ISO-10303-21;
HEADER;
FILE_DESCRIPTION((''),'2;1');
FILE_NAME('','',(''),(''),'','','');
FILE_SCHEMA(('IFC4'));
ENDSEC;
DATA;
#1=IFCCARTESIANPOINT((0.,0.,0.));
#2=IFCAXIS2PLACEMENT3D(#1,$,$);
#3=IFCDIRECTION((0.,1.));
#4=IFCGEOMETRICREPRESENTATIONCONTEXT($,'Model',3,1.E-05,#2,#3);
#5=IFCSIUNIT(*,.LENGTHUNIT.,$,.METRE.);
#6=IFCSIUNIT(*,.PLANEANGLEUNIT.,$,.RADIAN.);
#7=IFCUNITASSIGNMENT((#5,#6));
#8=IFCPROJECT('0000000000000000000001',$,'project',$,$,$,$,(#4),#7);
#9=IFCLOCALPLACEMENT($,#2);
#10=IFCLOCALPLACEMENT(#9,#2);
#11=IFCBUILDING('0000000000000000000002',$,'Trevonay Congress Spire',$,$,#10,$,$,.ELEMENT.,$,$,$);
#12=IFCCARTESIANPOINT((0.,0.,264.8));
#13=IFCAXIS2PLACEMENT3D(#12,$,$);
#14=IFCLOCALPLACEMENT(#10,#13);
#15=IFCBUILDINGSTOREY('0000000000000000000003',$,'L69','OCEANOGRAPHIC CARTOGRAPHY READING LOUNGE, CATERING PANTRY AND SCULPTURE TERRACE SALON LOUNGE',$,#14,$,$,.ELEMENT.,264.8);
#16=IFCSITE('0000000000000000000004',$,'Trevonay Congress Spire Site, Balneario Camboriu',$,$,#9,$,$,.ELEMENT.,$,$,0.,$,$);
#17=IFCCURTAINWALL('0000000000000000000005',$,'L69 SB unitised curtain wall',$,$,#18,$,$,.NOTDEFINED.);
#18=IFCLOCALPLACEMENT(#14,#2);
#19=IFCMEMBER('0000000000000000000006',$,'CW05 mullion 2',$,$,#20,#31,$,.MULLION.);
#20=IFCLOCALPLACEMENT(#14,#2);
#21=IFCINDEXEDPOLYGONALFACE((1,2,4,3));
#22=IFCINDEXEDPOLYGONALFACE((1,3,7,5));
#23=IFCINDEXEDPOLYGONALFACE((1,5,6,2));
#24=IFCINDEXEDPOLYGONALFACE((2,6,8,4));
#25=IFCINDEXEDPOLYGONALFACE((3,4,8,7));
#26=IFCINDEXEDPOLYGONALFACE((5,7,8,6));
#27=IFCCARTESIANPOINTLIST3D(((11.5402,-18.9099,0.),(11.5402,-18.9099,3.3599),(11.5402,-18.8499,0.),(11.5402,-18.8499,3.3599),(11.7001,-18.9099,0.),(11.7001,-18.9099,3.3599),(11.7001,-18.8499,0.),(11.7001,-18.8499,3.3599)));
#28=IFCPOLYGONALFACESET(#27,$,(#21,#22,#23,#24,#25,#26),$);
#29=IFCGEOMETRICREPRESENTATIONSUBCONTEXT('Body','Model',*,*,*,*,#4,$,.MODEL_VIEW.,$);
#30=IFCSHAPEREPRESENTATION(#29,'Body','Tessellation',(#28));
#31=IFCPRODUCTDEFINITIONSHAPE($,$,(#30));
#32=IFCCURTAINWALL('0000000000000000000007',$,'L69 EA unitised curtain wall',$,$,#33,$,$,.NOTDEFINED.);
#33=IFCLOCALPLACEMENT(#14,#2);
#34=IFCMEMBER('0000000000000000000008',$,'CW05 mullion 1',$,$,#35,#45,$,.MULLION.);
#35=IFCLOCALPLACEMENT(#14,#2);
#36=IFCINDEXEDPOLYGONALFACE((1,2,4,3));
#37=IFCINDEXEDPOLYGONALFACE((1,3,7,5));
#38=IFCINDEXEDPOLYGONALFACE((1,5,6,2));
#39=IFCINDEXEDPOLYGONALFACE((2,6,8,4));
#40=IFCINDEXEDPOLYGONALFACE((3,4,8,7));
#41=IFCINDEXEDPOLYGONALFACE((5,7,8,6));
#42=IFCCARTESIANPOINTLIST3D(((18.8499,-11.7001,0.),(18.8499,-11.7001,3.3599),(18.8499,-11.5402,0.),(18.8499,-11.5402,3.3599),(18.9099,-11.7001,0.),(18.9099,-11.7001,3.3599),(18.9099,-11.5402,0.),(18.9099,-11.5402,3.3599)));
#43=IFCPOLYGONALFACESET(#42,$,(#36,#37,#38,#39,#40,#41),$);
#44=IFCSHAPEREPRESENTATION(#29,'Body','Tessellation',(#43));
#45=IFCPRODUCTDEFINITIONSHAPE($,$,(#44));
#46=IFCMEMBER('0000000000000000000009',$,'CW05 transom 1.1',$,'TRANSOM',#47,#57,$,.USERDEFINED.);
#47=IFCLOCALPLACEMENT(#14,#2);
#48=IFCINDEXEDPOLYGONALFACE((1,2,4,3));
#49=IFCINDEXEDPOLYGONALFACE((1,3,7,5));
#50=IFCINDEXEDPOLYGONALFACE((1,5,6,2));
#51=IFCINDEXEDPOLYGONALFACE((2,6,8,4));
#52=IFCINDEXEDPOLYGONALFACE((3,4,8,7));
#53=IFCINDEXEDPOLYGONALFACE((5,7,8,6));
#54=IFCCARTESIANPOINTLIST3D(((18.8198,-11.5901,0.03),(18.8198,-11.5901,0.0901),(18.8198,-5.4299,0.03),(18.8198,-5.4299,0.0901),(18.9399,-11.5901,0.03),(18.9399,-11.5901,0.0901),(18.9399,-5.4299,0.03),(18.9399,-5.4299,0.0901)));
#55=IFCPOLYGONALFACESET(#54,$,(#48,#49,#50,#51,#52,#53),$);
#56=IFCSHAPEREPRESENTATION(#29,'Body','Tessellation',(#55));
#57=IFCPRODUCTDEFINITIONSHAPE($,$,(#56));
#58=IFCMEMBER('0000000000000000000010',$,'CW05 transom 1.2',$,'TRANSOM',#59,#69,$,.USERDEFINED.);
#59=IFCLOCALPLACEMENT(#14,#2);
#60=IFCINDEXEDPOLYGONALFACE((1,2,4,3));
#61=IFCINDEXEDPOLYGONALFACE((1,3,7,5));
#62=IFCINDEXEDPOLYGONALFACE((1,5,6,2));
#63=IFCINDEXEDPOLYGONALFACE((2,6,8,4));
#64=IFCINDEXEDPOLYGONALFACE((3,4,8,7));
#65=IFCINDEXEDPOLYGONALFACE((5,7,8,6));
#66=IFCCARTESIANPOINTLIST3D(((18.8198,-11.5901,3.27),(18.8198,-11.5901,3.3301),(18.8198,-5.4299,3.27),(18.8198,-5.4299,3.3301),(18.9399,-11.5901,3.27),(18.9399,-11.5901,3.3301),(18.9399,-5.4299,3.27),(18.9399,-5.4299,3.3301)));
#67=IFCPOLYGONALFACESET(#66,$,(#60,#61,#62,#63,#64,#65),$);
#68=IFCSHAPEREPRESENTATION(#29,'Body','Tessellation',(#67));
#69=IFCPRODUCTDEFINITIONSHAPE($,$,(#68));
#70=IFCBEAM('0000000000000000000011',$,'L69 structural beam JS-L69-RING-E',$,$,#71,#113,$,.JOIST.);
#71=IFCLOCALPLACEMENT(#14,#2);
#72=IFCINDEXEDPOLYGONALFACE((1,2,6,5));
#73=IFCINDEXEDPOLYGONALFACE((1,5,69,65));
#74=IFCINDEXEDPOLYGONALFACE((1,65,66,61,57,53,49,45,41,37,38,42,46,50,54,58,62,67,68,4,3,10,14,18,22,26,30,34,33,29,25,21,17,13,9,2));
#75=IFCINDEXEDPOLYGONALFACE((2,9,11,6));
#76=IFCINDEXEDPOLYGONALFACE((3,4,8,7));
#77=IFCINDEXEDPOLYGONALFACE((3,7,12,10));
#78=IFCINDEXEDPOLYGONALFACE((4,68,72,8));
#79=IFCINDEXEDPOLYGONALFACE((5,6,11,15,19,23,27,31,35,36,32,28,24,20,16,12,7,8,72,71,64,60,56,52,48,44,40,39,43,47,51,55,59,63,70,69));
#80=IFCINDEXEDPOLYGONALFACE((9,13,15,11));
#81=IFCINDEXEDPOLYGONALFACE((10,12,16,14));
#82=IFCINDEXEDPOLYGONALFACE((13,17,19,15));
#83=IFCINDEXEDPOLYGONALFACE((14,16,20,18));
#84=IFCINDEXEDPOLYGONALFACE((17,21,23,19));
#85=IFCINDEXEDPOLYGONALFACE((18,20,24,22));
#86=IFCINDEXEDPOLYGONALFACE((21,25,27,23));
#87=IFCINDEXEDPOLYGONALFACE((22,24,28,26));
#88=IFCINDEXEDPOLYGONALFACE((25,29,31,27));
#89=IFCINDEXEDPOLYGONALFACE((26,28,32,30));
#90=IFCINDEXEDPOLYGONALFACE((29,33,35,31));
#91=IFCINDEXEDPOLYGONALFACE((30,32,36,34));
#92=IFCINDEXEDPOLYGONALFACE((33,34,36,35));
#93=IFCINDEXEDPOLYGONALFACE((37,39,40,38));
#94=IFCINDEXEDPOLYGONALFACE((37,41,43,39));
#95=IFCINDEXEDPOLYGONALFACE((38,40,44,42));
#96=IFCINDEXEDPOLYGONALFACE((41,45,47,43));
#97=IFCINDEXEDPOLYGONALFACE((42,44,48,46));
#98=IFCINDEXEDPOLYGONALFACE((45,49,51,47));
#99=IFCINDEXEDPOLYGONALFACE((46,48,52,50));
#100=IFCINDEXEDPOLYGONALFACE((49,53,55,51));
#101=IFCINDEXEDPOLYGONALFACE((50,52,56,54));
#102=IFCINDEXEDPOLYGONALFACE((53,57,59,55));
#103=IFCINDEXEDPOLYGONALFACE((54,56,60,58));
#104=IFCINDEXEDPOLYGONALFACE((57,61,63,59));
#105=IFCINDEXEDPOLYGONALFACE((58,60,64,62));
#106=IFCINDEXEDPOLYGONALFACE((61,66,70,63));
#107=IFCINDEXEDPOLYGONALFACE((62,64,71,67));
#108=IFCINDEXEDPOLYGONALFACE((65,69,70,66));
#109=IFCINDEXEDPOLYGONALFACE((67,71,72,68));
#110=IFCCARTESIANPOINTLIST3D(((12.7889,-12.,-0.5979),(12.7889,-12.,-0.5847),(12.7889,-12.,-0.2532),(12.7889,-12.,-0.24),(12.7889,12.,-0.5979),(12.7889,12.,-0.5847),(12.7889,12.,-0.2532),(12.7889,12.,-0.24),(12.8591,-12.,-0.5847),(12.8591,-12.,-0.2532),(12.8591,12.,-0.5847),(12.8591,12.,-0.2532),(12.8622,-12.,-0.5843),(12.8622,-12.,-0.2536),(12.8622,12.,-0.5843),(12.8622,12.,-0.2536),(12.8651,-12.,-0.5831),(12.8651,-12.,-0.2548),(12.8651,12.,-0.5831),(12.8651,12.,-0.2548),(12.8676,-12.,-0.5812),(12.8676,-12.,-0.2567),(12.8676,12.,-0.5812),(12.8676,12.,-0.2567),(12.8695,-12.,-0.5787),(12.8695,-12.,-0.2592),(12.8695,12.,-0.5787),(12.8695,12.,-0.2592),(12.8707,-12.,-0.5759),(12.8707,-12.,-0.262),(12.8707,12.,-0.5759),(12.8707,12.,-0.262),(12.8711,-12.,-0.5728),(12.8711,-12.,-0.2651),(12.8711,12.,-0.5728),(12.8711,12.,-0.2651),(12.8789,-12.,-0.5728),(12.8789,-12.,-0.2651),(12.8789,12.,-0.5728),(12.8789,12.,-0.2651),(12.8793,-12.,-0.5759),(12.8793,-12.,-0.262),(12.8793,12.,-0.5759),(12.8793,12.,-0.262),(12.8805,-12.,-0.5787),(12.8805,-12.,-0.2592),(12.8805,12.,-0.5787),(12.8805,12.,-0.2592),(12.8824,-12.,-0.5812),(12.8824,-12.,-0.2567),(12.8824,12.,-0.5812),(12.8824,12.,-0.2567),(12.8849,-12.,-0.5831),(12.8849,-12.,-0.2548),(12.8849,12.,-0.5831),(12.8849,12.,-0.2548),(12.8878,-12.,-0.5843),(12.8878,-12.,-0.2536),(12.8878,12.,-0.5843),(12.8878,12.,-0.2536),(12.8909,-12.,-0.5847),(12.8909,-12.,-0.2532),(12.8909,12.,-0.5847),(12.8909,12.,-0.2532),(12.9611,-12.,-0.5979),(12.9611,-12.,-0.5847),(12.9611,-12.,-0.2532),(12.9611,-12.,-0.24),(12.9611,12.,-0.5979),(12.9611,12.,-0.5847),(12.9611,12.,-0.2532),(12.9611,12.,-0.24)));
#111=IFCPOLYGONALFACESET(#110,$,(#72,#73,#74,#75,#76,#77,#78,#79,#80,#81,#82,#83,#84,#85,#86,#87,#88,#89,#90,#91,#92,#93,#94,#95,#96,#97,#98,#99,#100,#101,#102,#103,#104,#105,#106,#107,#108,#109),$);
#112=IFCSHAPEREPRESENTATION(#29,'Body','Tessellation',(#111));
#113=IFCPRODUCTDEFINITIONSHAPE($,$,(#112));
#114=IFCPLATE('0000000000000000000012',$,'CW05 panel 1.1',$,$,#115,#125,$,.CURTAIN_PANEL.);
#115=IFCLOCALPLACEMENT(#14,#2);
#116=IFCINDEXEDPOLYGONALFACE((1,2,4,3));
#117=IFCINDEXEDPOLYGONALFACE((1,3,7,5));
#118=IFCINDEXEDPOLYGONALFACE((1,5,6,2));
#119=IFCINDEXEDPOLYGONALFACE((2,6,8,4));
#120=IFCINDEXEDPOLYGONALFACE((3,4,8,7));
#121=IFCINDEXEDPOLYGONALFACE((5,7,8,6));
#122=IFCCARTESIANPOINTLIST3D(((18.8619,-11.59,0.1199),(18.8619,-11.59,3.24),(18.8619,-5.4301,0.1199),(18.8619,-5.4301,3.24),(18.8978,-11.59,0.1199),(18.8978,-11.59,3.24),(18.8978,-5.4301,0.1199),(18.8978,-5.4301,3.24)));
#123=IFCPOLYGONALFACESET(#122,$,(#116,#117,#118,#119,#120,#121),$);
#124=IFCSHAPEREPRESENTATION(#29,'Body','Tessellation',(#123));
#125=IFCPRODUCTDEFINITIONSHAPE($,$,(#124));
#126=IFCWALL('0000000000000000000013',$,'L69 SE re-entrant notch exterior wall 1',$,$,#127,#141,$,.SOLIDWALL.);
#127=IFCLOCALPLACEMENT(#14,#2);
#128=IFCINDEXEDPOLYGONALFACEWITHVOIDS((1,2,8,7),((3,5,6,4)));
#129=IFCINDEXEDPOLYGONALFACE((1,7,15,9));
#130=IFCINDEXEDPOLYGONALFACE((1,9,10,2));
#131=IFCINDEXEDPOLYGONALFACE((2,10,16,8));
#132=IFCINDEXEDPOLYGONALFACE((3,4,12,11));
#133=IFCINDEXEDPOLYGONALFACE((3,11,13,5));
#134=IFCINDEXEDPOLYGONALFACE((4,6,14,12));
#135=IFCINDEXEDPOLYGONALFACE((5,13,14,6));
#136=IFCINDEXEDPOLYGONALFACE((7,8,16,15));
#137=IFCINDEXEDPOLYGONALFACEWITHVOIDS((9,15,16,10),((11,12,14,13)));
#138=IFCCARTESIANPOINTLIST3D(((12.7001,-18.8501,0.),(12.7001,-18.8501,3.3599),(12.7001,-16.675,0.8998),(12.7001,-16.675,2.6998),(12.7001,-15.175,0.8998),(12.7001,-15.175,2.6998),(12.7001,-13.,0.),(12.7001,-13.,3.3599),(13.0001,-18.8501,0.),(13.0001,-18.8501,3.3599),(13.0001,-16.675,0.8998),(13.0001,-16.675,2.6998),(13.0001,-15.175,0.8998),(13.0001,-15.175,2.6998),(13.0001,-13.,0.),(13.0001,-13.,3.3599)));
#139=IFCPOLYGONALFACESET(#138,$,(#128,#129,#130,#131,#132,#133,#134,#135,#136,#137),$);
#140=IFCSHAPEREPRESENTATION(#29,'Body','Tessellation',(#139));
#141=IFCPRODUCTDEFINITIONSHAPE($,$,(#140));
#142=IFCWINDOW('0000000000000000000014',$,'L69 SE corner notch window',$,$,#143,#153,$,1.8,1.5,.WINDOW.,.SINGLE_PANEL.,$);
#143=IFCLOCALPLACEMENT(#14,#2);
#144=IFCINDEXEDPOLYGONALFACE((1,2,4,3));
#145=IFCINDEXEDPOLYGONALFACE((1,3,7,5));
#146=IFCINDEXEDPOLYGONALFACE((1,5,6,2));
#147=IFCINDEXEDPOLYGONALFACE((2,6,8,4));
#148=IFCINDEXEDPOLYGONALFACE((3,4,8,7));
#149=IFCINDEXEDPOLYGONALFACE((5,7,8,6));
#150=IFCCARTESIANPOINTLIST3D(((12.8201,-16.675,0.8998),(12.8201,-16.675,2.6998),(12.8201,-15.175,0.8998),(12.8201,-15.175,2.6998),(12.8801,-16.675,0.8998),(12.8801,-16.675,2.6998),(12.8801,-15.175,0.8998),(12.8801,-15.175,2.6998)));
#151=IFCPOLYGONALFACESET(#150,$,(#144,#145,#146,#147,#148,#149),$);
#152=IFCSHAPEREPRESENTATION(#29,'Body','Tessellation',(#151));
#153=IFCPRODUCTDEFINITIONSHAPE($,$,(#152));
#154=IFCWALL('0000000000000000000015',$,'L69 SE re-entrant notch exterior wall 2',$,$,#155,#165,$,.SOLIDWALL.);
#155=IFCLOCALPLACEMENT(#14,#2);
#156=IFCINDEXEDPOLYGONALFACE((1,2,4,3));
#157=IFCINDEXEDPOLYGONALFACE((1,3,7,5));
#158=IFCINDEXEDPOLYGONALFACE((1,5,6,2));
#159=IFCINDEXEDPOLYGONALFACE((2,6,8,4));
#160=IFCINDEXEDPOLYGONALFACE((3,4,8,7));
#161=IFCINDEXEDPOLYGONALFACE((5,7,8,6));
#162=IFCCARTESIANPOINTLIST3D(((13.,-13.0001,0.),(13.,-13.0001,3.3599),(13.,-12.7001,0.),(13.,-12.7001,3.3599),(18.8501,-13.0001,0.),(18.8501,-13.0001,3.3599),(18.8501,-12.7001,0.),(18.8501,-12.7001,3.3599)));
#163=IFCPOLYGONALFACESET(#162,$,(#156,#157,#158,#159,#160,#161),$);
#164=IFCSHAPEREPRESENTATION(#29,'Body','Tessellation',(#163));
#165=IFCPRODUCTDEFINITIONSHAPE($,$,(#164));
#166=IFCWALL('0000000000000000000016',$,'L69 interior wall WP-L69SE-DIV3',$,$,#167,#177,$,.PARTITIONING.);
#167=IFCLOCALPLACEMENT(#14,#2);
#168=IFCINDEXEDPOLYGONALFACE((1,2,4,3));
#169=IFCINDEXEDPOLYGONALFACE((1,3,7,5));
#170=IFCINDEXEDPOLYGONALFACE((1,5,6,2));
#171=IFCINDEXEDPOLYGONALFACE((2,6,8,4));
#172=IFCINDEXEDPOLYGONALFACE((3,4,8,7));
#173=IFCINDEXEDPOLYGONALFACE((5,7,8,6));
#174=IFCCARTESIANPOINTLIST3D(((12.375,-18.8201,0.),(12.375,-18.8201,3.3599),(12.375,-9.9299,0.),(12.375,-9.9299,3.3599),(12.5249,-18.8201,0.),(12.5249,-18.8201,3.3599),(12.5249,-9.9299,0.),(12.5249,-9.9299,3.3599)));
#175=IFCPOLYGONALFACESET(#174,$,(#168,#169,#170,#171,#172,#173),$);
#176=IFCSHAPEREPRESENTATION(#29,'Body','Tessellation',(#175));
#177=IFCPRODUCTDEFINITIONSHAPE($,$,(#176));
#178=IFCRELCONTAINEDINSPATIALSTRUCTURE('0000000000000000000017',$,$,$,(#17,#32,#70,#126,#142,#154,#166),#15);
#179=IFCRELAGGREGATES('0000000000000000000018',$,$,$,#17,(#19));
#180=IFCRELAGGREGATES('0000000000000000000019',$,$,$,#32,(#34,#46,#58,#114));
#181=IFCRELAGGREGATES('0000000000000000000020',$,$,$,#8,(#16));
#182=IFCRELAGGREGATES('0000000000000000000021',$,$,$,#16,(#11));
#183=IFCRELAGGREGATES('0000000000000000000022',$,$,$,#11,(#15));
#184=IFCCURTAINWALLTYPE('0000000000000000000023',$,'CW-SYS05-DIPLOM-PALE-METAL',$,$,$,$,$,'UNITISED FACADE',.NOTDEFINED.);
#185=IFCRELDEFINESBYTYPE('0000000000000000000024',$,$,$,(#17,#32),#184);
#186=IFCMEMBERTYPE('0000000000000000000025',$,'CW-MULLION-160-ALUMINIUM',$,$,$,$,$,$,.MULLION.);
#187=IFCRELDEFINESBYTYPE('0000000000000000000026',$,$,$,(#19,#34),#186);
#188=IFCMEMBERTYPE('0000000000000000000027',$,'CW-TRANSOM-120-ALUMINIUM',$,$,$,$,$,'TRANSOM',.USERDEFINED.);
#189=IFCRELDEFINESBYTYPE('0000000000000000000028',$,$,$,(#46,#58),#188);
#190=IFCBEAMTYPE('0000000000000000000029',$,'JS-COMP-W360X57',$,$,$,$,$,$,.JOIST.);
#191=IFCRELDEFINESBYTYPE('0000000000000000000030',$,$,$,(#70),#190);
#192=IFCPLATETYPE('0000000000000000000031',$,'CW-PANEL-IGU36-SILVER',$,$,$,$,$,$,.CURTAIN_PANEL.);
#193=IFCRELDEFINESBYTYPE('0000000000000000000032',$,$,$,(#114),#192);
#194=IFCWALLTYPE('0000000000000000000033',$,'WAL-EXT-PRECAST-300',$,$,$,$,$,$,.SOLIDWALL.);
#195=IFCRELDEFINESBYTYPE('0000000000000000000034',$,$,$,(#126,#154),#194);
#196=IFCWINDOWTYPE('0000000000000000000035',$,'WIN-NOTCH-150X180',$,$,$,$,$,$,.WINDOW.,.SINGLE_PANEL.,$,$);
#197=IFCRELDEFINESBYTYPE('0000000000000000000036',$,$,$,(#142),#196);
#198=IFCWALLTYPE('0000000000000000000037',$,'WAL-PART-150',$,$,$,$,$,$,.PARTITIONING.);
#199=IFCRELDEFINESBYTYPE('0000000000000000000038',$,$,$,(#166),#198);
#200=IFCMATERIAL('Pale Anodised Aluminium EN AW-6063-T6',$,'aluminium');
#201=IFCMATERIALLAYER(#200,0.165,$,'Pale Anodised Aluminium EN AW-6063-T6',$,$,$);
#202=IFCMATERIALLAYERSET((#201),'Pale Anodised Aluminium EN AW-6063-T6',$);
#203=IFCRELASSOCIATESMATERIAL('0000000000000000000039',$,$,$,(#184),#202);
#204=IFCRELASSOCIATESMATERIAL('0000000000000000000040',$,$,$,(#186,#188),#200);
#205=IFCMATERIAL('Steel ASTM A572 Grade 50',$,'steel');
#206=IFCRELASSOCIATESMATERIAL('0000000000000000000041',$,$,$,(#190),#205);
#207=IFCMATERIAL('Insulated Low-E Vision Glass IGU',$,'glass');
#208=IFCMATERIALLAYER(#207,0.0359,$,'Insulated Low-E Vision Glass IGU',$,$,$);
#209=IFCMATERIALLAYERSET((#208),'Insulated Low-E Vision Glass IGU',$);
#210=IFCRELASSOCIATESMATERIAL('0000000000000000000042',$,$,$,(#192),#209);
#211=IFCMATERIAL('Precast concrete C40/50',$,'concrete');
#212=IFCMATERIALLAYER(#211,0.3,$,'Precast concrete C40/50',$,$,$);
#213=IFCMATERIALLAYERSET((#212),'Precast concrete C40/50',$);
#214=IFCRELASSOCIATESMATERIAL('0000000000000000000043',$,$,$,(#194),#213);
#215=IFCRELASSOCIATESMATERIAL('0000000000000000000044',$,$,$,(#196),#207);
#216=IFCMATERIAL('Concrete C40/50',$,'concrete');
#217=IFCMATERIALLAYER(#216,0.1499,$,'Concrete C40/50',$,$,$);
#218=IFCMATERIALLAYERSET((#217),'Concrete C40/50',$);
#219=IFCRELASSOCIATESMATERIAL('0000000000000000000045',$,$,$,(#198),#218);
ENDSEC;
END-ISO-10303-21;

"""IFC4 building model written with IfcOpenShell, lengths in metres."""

from ifc_helpers import new_model, si_unit, direction, frame, frame_2d, origin, origin_2d, place, context, subcontext, project, spatial, rectangle, i_section, extrude, material, layer, layer_set, material_profile, profile_set, type_object, element, fill, aggregate, save


model = new_model("IFC4")

# Units and contexts
model_context = context("Model", 3, precision=1e-05, world=origin(), true_north=direction((0.0, 1.0)))
body_context = subcontext(model_context, "Body", "Model", "MODEL_VIEW")
ifc_project = project(units=[si_unit("LENGTHUNIT", "METRE"), si_unit("PLANEANGLEUNIT", "RADIAN")], contexts=[model_context])

# Site, building, storey
site_placement = place(None, origin())
site = spatial("IfcSite", under=ifc_project, at=site_placement, Name="Trevonay Congress Spire Site, Balneario Camboriu", CompositionType="ELEMENT", RefElevation=0.0)
building_placement = place(site_placement, origin())
building = spatial("IfcBuilding", under=site, at=building_placement, Name="Trevonay Congress Spire", CompositionType="ELEMENT")
storey_placement = place(building_placement, frame((0.0, 0.0, 264.8)))
storey = spatial("IfcBuildingStorey", under=building, at=storey_placement, Name="L69", Description="OCEANOGRAPHIC CARTOGRAPHY READING LOUNGE, CATERING PANTRY AND SCULPTURE TERRACE SALON LOUNGE", CompositionType="ELEMENT", Elevation=264.8)

# Shared definitions
ifc_material_1 = material(Name="Steel ASTM A572 Grade 50", Category="steel")

# Curtain wall, member
ifc_material_2 = material(Name="Pale Anodised Aluminium EN AW-6063-T6", Category="aluminium")
ifc_layer_1 = layer(ifc_material_2, 0.165, Name="Pale Anodised Aluminium EN AW-6063-T6")
ifc_layer_set_1 = layer_set([ifc_layer_1], Name="Pale Anodised Aluminium EN AW-6063-T6")
curtain_wall_type = type_object("IfcCurtainWallType", Name="CW-SYS05-DIPLOM-PALE-METAL", ElementType="UNITISED FACADE", PredefinedType="NOTDEFINED", material=ifc_layer_set_1)
curtain_wall_1_placement = place(storey_placement, origin())
curtain_wall_1 = element("IfcCurtainWall", 1, at=curtain_wall_1_placement, inside=storey, type_object=curtain_wall_type, Name="L69 SB unitised curtain wall", PredefinedType="NOTDEFINED")
ifc_material_profile_1 = material_profile(ifc_material_2, rectangle(XDim=0.0601, YDim=0.1599, at=origin_2d()), Name="CW-MULLION-160-ALUMINIUM")
ifc_profile_set_1 = profile_set([ifc_material_profile_1], Name="Pale Anodised Aluminium EN AW-6063-T6")
member_type_1 = type_object("IfcMemberType", Name="CW-MULLION-160-ALUMINIUM", PredefinedType="MULLION", material=ifc_profile_set_1)
member_1_placement = place(storey_placement, frame((11.6201, -18.8799, 0.0), z_axis=(0.0, 0.0, 1.0), x_axis=(0.0, 1.0, 0.0)))
member_1 = element("IfcMember", 2, at=member_1_placement, type_object=member_type_1, Name="CW05 mullion 2", PredefinedType="MULLION", context=body_context, shape_type="SweptSolid", body=[
    extrude(rectangle(XDim=0.0601, YDim=0.1599, at=origin_2d()), origin(), (0.0, 0.0, 1.0), 3.3599),
])
aggregate(curtain_wall_1, [member_1])

# Curtain wall, members
curtain_wall_2_placement = place(storey_placement, origin())
curtain_wall_2 = element("IfcCurtainWall", 3, at=curtain_wall_2_placement, inside=storey, type_object=curtain_wall_type, Name="L69 EA unitised curtain wall", PredefinedType="NOTDEFINED")
member_2_placement = place(storey_placement, frame((18.8799, -11.6201, 0.0), z_axis=(0.0, 0.0, 1.0), x_axis=(-1.0, 0.0, 0.0)))
member_2 = element("IfcMember", 4, at=member_2_placement, type_object=member_type_1, Name="CW05 mullion 1", PredefinedType="MULLION", context=body_context, shape_type="SweptSolid", body=[
    extrude(rectangle(XDim=0.0601, YDim=0.1599, at=origin_2d()), origin(), (0.0, 0.0, 1.0), 3.3599),
])
ifc_material_profile_2 = material_profile(ifc_material_2, rectangle(XDim=0.1201, YDim=0.0601, at=origin_2d()), Name="CW-TRANSOM-120-ALUMINIUM")
ifc_profile_set_2 = profile_set([ifc_material_profile_2], Name="Pale Anodised Aluminium EN AW-6063-T6")
member_type_2 = type_object("IfcMemberType", Name="CW-TRANSOM-120-ALUMINIUM", ElementType="TRANSOM", PredefinedType="USERDEFINED", material=ifc_profile_set_2)
member_3_placement = place(storey_placement, frame((18.8799, -11.5901, 0.0601), z_axis=(0.0, 1.0, 0.0), x_axis=(-1.0, 0.0, 0.0)))
member_3 = element("IfcMember", 5, at=member_3_placement, type_object=member_type_2, Name="CW05 transom 1.1", ObjectType="TRANSOM", PredefinedType="USERDEFINED", context=body_context, shape_type="SweptSolid", body=[
    extrude(rectangle(XDim=0.1201, YDim=0.0601, at=origin_2d()), origin(), (0.0, 0.0, 1.0), 6.1602),
])
member_4_placement = place(storey_placement, frame((18.8799, -11.5901, 3.3), z_axis=(0.0, 1.0, 0.0), x_axis=(-1.0, 0.0, 0.0)))
member_4 = element("IfcMember", 6, at=member_4_placement, type_object=member_type_2, Name="CW05 transom 1.2", ObjectType="TRANSOM", PredefinedType="USERDEFINED", context=body_context, shape_type="SweptSolid", body=[
    extrude(rectangle(XDim=0.1201, YDim=0.0601, at=origin_2d()), origin(), (0.0, 0.0, 1.0), 6.1602),
])

# Beam
ifc_material_profile_3 = material_profile(ifc_material_1, i_section(OverallWidth=0.1721, OverallDepth=0.3579, WebThickness=0.0078, FlangeThickness=0.0132, FilletRadius=0.012, at=origin_2d()), Name="W360x57.8")
ifc_profile_set_3 = profile_set([ifc_material_profile_3], Name="Steel ASTM A572 Grade 50")
beam_type_1 = type_object("IfcBeamType", Name="JS-COMP-W360X57", PredefinedType="JOIST", material=ifc_profile_set_3)
beam_1_placement = place(storey_placement, frame((12.875, -12.0, -0.4189), z_axis=(0.0, 1.0, 0.0), x_axis=(-1.0, 0.0, 0.0)))
element("IfcBeam", 7, at=beam_1_placement, inside=storey, type_object=beam_type_1, Name="L69 structural beam JS-L69-RING-E", PredefinedType="JOIST", context=body_context, shape_type="SweptSolid", body=[
    extrude(i_section(OverallWidth=0.1721, OverallDepth=0.3579, WebThickness=0.0078, FlangeThickness=0.0132, FilletRadius=0.012, at=origin_2d()), origin(), (0.0, 0.0, 1.0), 24.0),
])

# Plate
ifc_material_3 = material(Name="Insulated Low-E Vision Glass IGU", Category="glass")
ifc_layer_2 = layer(ifc_material_3, 0.0359, Name="Insulated Low-E Vision Glass IGU")
ifc_layer_set_2 = layer_set([ifc_layer_2], Name="Insulated Low-E Vision Glass IGU")
plate_type = type_object("IfcPlateType", Name="CW-PANEL-IGU36-SILVER", PredefinedType="CURTAIN_PANEL", material=ifc_layer_set_2)
plate_placement = place(storey_placement, frame((18.8799, -8.51, 0.1199), z_axis=(0.0, 0.0, 1.0), x_axis=(0.0, 1.0, 0.0)))
plate = element("IfcPlate", 8, at=plate_placement, type_object=plate_type, Name="CW05 panel 1.1", PredefinedType="CURTAIN_PANEL", context=body_context, shape_type="SweptSolid", body=[
    extrude(rectangle(XDim=6.1599, YDim=0.0359, at=origin_2d()), origin(), (0.0, 0.0, 1.0), 3.1201),
])
aggregate(curtain_wall_2, [member_2, member_3, member_4, plate])

# Wall, opening, window
ifc_material_4 = material(Name="Precast concrete C40/50", Category="concrete")
ifc_layer_3 = layer(ifc_material_4, 0.3, Name="Precast concrete C40/50")
ifc_layer_set_3 = layer_set([ifc_layer_3], Name="Precast concrete C40/50")
wall_type_1 = type_object("IfcWallType", Name="WAL-EXT-PRECAST-300", PredefinedType="SOLIDWALL", material=ifc_layer_set_3)
wall_1_placement = place(storey_placement, frame((12.8501, -18.8501, 0.0), z_axis=(0.0, 0.0, 1.0), x_axis=(0.0, 1.0, 0.0)))
wall_1 = element("IfcWall", 9, at=wall_1_placement, inside=storey, type_object=wall_type_1, Name="L69 SE re-entrant notch exterior wall 1", PredefinedType="SOLIDWALL", context=body_context, shape_type="SweptSolid", body=[
    extrude(rectangle(XDim=5.8501, YDim=0.3, at=frame_2d((2.925, 0.0))), origin(), (0.0, 0.0, 1.0), 3.3599),
])
opening_placement = place(wall_1_placement, frame((2.175, 0.0, 0.8999)))
opening = element("IfcOpeningElement", 10, at=opening_placement, cuts=wall_1, PredefinedType="OPENING", context=body_context, shape_type="SweptSolid", body=[
    extrude(rectangle(XDim=1.5, YDim=1.8, at=frame_2d((0.75, 0.8999))), frame((0.0, 0.1602, 0.0), z_axis=(0.0, -1.0, 0.0), x_axis=(1.0, 0.0, 0.0)), (0.0, 0.0, 1.0), 0.3201),
])
window_type = type_object("IfcWindowType", Name="WIN-NOTCH-150X180", PartitioningType="SINGLE_PANEL", PredefinedType="WINDOW", material=ifc_material_3)
window_placement = place(opening_placement, origin())
window = element("IfcWindow", 11, at=window_placement, inside=storey, type_object=window_type, Name="L69 SE corner notch window", OverallHeight=1.8, OverallWidth=1.5, PartitioningType="SINGLE_PANEL", PredefinedType="WINDOW", context=body_context, shape_type="SweptSolid", body=[
    extrude(rectangle(XDim=1.5, YDim=1.8, at=frame_2d((0.75, 0.8999))), frame((0.0, 0.03, 0.0), z_axis=(0.0, -1.0, 0.0), x_axis=(1.0, 0.0, 0.0)), (0.0, 0.0, 1.0), 0.0601),
])
fill(opening, window)

# Walls
wall_2_placement = place(storey_placement, frame((18.8501, -12.8501, 0.0), z_axis=(0.0, 0.0, 1.0), x_axis=(-1.0, 0.0, 0.0)))
element("IfcWall", 12, at=wall_2_placement, inside=storey, type_object=wall_type_1, Name="L69 SE re-entrant notch exterior wall 2", PredefinedType="SOLIDWALL", context=body_context, shape_type="SweptSolid", body=[
    extrude(rectangle(XDim=5.8501, YDim=0.3, at=frame_2d((2.925, 0.0))), origin(), (0.0, 0.0, 1.0), 3.3599),
])
ifc_material_5 = material(Name="Concrete C40/50", Category="concrete")
ifc_layer_4 = layer(ifc_material_5, 0.1499, Name="Concrete C40/50")
ifc_layer_set_4 = layer_set([ifc_layer_4], Name="Concrete C40/50")
wall_type_2 = type_object("IfcWallType", Name="WAL-PART-150", PredefinedType="PARTITIONING", material=ifc_layer_set_4)
wall_3_placement = place(storey_placement, frame((12.45, -18.8201, 0.0), z_axis=(0.0, 0.0, 1.0), x_axis=(0.0, 1.0, 0.0)))
element("IfcWall", 13, at=wall_3_placement, inside=storey, type_object=wall_type_2, Name="L69 interior wall WP-L69SE-DIV3", PredefinedType="PARTITIONING", context=body_context, shape_type="SweptSolid", body=[
    extrude(rectangle(XDim=8.8901, YDim=0.1499, at=frame_2d((4.4451, 0.0))), origin(), (0.0, 0.0, 1.0), 3.3599),
])

save(model, "model.ifc")
